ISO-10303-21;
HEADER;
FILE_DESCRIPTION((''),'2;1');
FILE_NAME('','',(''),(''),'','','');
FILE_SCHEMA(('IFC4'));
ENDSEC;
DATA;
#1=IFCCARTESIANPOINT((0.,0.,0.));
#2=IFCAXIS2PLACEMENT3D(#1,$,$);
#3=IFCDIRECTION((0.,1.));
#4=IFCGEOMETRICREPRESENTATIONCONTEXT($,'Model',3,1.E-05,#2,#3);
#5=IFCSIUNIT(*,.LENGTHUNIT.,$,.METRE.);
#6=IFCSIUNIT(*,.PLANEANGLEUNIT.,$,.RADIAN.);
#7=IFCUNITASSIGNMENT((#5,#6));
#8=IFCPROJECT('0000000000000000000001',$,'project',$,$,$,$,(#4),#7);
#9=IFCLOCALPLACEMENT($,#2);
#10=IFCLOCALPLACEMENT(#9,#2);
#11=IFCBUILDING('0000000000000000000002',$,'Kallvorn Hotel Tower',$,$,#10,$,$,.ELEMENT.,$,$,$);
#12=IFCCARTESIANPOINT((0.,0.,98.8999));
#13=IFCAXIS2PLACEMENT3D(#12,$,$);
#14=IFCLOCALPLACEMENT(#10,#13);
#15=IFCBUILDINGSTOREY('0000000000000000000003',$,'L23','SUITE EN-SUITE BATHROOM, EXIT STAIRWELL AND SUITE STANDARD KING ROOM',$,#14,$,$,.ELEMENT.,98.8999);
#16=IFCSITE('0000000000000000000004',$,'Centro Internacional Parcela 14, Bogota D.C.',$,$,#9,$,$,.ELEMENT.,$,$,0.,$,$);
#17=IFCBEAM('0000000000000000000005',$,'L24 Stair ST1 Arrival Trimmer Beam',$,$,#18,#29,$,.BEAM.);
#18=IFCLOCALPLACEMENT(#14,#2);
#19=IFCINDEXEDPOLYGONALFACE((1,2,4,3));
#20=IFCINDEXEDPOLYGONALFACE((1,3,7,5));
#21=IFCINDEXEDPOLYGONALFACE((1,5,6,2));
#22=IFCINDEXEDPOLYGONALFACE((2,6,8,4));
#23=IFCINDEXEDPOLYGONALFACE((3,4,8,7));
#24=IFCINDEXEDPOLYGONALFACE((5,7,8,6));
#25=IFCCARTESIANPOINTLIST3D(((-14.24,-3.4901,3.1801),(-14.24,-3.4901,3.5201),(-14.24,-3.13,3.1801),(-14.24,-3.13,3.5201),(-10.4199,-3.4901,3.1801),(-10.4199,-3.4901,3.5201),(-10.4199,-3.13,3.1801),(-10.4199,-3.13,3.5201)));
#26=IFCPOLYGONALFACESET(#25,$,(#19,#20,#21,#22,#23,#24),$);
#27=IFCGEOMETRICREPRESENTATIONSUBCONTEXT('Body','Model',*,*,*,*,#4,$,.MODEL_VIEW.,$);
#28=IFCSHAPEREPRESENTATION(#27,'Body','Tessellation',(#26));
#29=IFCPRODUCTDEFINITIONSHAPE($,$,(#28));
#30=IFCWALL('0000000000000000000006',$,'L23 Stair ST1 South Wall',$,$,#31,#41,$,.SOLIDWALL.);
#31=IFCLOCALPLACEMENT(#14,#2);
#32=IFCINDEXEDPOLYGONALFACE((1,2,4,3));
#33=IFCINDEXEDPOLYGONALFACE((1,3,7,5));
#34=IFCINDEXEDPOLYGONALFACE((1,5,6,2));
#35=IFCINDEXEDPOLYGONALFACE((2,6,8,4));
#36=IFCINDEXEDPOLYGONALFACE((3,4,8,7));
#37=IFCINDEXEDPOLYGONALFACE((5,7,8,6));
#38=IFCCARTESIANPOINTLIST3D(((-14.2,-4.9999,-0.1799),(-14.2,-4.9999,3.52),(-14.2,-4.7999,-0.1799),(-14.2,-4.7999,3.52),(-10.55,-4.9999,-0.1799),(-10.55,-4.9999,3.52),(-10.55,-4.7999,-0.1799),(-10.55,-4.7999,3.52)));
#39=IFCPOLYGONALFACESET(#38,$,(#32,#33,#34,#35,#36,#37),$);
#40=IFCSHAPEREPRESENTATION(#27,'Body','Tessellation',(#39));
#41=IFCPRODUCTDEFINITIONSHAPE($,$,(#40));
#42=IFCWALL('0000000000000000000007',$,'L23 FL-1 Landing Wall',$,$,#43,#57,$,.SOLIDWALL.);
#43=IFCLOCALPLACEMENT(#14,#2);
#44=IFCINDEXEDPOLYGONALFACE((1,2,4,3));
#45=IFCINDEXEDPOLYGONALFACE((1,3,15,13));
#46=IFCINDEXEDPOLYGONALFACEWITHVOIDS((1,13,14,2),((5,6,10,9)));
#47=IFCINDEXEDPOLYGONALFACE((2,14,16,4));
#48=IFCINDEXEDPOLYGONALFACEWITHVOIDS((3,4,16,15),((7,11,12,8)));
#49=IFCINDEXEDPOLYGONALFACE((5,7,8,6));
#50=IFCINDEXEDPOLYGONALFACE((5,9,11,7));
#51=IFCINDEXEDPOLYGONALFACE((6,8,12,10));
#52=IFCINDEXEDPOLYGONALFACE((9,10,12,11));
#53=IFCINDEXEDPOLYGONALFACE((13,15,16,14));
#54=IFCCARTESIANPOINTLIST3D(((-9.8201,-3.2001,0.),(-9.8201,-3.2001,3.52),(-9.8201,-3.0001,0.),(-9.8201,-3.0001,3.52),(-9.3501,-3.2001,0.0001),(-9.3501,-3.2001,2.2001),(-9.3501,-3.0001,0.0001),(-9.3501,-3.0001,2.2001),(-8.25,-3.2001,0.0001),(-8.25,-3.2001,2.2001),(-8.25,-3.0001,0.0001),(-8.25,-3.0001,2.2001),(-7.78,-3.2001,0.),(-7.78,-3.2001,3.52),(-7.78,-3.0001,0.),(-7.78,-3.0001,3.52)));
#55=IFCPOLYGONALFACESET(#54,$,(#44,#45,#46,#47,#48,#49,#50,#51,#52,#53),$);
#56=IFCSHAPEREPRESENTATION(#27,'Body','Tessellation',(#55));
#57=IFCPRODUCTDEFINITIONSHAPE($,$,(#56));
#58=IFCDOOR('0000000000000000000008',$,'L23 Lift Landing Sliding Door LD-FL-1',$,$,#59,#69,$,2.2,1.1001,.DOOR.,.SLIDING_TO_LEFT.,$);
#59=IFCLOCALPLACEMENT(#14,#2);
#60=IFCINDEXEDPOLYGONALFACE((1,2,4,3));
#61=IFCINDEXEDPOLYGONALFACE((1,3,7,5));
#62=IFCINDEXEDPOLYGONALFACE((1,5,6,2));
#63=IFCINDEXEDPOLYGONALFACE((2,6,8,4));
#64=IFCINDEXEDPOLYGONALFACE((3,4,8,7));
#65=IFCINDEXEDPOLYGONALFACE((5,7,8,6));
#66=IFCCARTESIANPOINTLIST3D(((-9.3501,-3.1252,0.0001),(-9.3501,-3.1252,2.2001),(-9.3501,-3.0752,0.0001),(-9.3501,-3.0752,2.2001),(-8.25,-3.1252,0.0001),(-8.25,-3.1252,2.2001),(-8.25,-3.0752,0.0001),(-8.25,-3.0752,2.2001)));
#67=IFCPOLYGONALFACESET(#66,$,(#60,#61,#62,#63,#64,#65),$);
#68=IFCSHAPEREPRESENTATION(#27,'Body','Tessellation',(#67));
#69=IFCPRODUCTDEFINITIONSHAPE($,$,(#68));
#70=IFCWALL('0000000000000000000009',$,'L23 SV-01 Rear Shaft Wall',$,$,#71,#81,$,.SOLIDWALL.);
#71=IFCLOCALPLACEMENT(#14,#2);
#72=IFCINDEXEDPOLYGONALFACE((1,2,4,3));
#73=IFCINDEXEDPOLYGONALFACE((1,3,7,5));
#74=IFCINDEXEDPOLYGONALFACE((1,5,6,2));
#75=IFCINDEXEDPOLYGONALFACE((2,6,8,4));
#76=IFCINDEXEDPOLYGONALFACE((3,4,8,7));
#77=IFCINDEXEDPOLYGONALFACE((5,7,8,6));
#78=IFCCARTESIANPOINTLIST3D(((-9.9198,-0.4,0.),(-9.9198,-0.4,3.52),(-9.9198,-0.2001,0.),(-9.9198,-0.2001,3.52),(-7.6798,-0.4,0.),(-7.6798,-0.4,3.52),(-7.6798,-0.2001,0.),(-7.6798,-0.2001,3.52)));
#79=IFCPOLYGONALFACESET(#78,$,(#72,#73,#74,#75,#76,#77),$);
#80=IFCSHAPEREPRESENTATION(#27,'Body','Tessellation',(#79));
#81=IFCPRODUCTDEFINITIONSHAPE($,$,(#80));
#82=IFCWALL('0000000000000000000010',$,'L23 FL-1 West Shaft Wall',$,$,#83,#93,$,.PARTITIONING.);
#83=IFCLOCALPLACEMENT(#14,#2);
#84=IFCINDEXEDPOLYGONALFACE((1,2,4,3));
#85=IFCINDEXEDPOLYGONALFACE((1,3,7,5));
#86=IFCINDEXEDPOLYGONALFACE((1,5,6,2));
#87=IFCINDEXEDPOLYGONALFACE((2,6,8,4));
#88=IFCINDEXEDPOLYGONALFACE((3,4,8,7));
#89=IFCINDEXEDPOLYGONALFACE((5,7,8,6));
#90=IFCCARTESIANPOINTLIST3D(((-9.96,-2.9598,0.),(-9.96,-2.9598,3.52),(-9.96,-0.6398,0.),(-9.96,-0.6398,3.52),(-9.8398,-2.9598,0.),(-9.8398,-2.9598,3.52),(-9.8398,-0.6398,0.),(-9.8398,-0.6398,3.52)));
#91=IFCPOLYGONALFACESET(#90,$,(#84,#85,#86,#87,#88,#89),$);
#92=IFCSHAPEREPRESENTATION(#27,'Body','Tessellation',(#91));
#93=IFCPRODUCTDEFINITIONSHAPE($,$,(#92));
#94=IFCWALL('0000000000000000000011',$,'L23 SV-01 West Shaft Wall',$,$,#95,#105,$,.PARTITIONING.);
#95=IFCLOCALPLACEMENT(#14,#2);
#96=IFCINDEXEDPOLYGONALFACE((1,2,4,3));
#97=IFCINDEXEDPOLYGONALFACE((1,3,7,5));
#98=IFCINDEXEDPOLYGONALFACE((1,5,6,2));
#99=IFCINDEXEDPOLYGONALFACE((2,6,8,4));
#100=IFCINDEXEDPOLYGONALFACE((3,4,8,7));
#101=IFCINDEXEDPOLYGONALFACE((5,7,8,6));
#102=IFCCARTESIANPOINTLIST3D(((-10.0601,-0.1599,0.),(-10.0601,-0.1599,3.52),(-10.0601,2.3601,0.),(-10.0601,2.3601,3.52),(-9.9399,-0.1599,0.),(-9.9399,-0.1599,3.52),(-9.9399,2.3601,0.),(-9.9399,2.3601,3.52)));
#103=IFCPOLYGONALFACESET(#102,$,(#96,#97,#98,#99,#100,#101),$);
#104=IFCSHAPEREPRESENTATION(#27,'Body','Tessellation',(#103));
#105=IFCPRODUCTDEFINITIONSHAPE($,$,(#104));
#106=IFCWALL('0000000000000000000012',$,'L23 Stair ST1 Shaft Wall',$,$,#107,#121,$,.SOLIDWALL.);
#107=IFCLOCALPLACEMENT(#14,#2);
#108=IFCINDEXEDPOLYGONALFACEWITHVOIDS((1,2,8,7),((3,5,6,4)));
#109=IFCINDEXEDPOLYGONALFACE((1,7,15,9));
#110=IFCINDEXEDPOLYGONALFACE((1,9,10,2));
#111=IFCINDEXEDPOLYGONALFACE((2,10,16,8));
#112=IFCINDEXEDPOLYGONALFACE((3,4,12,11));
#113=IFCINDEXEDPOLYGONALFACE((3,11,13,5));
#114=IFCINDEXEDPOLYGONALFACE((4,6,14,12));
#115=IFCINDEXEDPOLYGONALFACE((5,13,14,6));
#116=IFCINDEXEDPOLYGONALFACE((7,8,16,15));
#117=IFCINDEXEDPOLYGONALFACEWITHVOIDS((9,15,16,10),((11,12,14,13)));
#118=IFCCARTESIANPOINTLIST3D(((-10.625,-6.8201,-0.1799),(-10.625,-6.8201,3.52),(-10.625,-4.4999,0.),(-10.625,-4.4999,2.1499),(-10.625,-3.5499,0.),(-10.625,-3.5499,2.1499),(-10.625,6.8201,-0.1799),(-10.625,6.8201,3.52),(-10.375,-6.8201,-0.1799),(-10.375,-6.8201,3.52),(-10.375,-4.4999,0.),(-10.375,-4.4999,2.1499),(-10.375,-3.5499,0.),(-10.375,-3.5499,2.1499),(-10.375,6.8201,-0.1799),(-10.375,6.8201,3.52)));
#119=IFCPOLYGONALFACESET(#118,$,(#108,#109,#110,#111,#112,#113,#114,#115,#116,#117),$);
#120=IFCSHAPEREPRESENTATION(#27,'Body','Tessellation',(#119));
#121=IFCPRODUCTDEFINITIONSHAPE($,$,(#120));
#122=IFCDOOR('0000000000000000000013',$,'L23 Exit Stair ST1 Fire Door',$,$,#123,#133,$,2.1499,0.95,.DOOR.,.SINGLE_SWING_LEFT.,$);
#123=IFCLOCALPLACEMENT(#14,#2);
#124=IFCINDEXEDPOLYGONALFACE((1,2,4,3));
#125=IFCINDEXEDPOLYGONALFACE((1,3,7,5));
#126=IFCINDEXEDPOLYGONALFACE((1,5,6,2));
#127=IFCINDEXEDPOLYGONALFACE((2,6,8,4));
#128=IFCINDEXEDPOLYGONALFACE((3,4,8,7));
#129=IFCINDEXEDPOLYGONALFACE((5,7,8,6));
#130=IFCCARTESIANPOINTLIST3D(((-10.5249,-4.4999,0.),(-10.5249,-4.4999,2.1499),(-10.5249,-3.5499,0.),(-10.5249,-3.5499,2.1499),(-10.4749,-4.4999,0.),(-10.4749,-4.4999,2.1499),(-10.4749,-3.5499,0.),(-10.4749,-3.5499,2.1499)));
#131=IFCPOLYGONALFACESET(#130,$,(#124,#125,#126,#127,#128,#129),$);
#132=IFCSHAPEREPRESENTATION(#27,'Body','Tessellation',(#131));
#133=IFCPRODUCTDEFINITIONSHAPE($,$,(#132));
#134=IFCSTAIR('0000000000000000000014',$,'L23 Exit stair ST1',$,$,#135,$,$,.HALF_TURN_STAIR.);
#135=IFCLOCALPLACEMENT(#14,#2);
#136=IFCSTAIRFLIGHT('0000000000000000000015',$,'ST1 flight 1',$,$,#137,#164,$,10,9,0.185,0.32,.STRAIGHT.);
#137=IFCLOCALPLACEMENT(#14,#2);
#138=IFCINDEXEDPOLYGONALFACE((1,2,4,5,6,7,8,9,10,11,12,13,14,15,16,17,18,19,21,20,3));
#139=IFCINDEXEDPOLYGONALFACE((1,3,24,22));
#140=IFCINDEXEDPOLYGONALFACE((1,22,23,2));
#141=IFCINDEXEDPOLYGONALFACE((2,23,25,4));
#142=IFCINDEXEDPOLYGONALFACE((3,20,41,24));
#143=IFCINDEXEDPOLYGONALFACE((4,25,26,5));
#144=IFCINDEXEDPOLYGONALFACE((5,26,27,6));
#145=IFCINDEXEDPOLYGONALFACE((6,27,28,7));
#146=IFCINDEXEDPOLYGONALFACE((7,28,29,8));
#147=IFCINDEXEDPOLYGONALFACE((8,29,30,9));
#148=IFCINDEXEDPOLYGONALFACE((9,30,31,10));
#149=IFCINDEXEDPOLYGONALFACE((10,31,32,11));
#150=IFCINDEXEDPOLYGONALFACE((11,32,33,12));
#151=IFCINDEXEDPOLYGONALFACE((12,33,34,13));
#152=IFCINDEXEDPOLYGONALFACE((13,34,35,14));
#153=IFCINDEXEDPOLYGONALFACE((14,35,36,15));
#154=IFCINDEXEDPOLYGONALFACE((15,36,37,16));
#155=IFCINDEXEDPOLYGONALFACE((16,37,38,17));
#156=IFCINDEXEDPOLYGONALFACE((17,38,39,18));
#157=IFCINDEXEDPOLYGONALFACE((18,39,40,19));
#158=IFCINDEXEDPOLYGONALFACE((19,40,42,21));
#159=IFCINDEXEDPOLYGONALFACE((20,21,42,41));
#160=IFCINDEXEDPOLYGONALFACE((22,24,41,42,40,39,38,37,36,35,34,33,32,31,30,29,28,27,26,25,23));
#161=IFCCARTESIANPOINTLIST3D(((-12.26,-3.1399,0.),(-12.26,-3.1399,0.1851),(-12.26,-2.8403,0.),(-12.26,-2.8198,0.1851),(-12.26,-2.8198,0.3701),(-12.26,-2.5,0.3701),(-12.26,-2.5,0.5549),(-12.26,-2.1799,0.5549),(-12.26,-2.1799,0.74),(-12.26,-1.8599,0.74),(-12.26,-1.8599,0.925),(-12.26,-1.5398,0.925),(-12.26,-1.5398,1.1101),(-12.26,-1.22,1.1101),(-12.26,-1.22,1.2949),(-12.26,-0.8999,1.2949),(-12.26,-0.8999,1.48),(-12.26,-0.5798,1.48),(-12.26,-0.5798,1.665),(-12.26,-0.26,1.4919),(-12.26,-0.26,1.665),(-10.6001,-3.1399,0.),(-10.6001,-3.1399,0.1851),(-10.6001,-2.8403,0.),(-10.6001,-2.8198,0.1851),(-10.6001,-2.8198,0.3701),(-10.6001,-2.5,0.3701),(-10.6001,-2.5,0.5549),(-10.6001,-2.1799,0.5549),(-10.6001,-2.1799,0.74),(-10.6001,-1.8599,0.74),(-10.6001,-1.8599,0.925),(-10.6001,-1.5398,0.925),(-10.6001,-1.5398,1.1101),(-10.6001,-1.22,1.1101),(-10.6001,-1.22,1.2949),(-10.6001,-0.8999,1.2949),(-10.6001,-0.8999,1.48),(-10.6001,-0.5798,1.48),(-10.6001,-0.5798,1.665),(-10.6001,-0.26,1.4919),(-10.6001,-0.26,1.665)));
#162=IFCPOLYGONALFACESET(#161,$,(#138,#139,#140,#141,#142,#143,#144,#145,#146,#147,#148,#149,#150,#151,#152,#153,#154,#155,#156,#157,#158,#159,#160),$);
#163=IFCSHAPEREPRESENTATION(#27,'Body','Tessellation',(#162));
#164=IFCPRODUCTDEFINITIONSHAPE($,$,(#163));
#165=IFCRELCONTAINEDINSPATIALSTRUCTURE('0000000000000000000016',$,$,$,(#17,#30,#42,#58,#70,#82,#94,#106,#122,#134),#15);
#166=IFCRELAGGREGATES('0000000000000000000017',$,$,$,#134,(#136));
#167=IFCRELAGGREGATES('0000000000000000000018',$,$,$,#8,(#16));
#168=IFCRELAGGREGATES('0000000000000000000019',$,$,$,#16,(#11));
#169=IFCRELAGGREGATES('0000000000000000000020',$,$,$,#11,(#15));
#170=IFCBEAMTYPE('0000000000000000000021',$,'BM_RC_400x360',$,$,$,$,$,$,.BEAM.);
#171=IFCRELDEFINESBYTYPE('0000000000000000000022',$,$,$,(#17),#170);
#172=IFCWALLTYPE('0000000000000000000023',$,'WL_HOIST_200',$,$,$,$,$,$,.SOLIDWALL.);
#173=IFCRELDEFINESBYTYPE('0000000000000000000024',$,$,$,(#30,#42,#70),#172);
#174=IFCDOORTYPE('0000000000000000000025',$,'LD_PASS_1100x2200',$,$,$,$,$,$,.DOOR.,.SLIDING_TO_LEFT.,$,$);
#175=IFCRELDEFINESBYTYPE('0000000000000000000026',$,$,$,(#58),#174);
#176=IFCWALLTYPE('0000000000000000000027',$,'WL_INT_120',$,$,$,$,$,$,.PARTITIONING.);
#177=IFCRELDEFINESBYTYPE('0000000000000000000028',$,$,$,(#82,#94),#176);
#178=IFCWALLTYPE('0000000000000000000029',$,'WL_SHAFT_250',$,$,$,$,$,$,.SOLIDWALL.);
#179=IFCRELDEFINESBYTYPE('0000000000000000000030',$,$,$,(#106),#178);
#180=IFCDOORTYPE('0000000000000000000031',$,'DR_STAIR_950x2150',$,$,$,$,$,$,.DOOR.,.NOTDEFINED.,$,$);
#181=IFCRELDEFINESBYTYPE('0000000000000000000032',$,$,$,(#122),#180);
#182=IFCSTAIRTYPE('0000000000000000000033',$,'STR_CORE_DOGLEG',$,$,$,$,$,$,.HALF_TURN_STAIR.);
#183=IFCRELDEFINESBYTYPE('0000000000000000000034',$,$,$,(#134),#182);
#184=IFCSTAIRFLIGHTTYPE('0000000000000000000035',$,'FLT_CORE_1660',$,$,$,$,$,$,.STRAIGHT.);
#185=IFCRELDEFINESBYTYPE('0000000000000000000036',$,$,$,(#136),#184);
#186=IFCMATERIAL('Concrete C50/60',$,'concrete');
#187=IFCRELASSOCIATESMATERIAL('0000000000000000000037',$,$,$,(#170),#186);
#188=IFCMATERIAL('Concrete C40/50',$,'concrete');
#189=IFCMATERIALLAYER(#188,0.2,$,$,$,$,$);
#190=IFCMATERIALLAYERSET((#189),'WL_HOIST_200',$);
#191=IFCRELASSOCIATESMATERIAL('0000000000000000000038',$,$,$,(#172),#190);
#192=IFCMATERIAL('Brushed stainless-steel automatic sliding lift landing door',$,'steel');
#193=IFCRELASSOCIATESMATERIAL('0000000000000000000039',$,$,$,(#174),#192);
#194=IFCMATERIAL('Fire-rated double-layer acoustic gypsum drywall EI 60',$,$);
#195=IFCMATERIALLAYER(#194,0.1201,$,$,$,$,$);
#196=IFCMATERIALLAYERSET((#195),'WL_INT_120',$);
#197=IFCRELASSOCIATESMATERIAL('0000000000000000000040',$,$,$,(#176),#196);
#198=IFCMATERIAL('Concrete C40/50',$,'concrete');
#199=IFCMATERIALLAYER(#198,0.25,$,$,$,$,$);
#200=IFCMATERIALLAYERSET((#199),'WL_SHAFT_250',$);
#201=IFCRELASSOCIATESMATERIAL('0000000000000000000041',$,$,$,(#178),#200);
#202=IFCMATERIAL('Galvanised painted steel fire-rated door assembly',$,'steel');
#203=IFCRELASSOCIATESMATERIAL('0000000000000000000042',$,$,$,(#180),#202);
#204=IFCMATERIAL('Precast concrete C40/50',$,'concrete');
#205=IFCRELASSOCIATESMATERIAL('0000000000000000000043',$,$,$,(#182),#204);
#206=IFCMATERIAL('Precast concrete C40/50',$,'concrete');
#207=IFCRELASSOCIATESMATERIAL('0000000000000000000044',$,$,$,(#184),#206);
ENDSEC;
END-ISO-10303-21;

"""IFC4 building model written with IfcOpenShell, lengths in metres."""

from ifc_helpers import new_model, si_unit, direction, frame, frame_2d, origin, origin_2d, place, context, subcontext, project, spatial, polyline, rectangle, outline, extrude, material, layer, layer_set, material_profile, profile_set, type_object, element, fill, aggregate, save


model = new_model("IFC4")

# Units and contexts
model_context = context("Model", 3, precision=1e-05, world=origin(), true_north=direction((0.0, 1.0)))
body_context = subcontext(model_context, "Body", "Model", "MODEL_VIEW")
ifc_project = project(units=[si_unit("LENGTHUNIT", "METRE"), si_unit("PLANEANGLEUNIT", "RADIAN")], contexts=[model_context])

# Site, building, storey
site_placement = place(None, origin())
site = spatial("IfcSite", under=ifc_project, at=site_placement, Name="Centro Internacional Parcela 14, Bogota D.C.", CompositionType="ELEMENT", RefElevation=0.0)
building_placement = place(site_placement, origin())
building = spatial("IfcBuilding", under=site, at=building_placement, Name="Kallvorn Hotel Tower", CompositionType="ELEMENT")
storey_placement = place(building_placement, frame((0.0, 0.0, 98.8999)))
storey = spatial("IfcBuildingStorey", under=building, at=storey_placement, Name="L23", Description="SUITE EN-SUITE BATHROOM, EXIT STAIRWELL AND SUITE STANDARD KING ROOM", CompositionType="ELEMENT", Elevation=98.8999)

# Beam
ifc_material_1 = material(Name="Concrete C50/60", Category="concrete")
ifc_material_profile = material_profile(ifc_material_1, rectangle(XDim=0.3601, YDim=0.3401, at=origin_2d()), Name="RC 360x340")
ifc_profile_set = profile_set([ifc_material_profile], Name="Concrete C50/60")
beam_type = type_object("IfcBeamType", Name="BM_RC_400x360", PredefinedType="BEAM", material=ifc_profile_set)
beam_placement = place(storey_placement, frame((-10.4199, -3.3101, 3.3501), z_axis=(-1.0, 0.0, 0.0), x_axis=(0.0, -1.0, 0.0)))
element("IfcBeam", 1, at=beam_placement, inside=storey, type_object=beam_type, Name="L24 Stair ST1 Arrival Trimmer Beam", PredefinedType="BEAM", context=body_context, shape_type="SweptSolid", body=[
    extrude(rectangle(XDim=0.3601, YDim=0.3401, at=origin_2d()), origin(), (0.0, 0.0, 1.0), 3.8201),
])

# Wall
ifc_material_2 = material(Name="Concrete C40/50", Category="concrete")
ifc_layer_1 = layer(ifc_material_2, 0.2)
ifc_layer_set_1 = layer_set([ifc_layer_1], Name="WL_HOIST_200")
wall_type_1 = type_object("IfcWallType", Name="WL_HOIST_200", PredefinedType="SOLIDWALL", material=ifc_layer_set_1)
wall_1_placement = place(storey_placement, frame((-14.2, -4.8999, -0.1799), z_axis=(0.0, 0.0, 1.0), x_axis=(1.0, 0.0, 0.0)))
element("IfcWall", 2, at=wall_1_placement, inside=storey, type_object=wall_type_1, Name="L23 Stair ST1 South Wall", PredefinedType="SOLIDWALL", context=body_context, shape_type="SweptSolid", body=[
    extrude(rectangle(XDim=3.6499, YDim=0.2, at=frame_2d((1.825, 0.0))), origin(), (0.0, 0.0, 1.0), 3.7),
])

# Wall, opening, door
wall_2_placement = place(storey_placement, frame((-9.8201, -3.1001, 0.0), z_axis=(0.0, 0.0, 1.0), x_axis=(1.0, 0.0, 0.0)))
wall_2 = element("IfcWall", 3, at=wall_2_placement, inside=storey, type_object=wall_type_1, Name="L23 FL-1 Landing Wall", PredefinedType="SOLIDWALL", context=body_context, shape_type="SweptSolid", body=[
    extrude(rectangle(XDim=2.04, YDim=0.2, at=frame_2d((1.02, 0.0))), origin(), (0.0, 0.0, 1.0), 3.52),
])
opening_1_placement = place(wall_2_placement, frame((0.47, 0.0, 0.0)))
opening_1 = element("IfcOpeningElement", 4, at=opening_1_placement, cuts=wall_2, PredefinedType="OPENING", context=body_context, shape_type="SweptSolid", body=[
    extrude(rectangle(XDim=1.1001, YDim=2.2, at=frame_2d((0.55, 1.1001))), frame((0.0, 0.115, 0.0), z_axis=(0.0, -1.0, 0.0), x_axis=(1.0, 0.0, 0.0)), (0.0, 0.0, 1.0), 0.23),
])
ifc_material_3 = material(Name="Brushed stainless-steel automatic sliding lift landing door", Category="steel")
door_type_1 = type_object("IfcDoorType", Name="LD_PASS_1100x2200", OperationType="SLIDING_TO_LEFT", PredefinedType="DOOR", material=ifc_material_3)
door_1_placement = place(opening_1_placement, origin())
door_1 = element("IfcDoor", 5, at=door_1_placement, inside=storey, type_object=door_type_1, Name="L23 Lift Landing Sliding Door LD-FL-1", OperationType="SLIDING_TO_LEFT", OverallHeight=2.2, OverallWidth=1.1001, PredefinedType="DOOR", context=body_context, shape_type="SweptSolid", body=[
    extrude(rectangle(XDim=1.1001, YDim=2.2, at=frame_2d((0.55, 1.1001))), frame((0.0, 0.0249, 0.0), z_axis=(0.0, -1.0, 0.0), x_axis=(1.0, 0.0, 0.0)), (0.0, 0.0, 1.0), 0.05),
])
fill(opening_1, door_1)

# Walls
wall_3_placement = place(storey_placement, frame((-9.9199, -0.3, 0.0), z_axis=(0.0, 0.0, 1.0), x_axis=(1.0, 0.0, 0.0)))
element("IfcWall", 6, at=wall_3_placement, inside=storey, type_object=wall_type_1, Name="L23 SV-01 Rear Shaft Wall", PredefinedType="SOLIDWALL", context=body_context, shape_type="SweptSolid", body=[
    extrude(rectangle(XDim=2.24, YDim=0.2, at=frame_2d((1.1201, 0.0))), origin(), (0.0, 0.0, 1.0), 3.52),
])
ifc_material_4 = material(Name="Fire-rated double-layer acoustic gypsum drywall EI 60")
ifc_layer_2 = layer(ifc_material_4, 0.1201)
ifc_layer_set_2 = layer_set([ifc_layer_2], Name="WL_INT_120")
wall_type_2 = type_object("IfcWallType", Name="WL_INT_120", PredefinedType="PARTITIONING", material=ifc_layer_set_2)
wall_4_placement = place(storey_placement, frame((-9.8999, -2.96, 0.0), z_axis=(0.0, 0.0, 1.0), x_axis=(0.0, 1.0, 0.0)))
element("IfcWall", 7, at=wall_4_placement, inside=storey, type_object=wall_type_2, Name="L23 FL-1 West Shaft Wall", PredefinedType="PARTITIONING", context=body_context, shape_type="SweptSolid", body=[
    extrude(rectangle(XDim=2.3201, YDim=0.1201, at=frame_2d((1.1602, 0.0))), origin(), (0.0, 0.0, 1.0), 3.52),
])
wall_5_placement = place(storey_placement, frame((-10.0, -0.1599, 0.0), z_axis=(0.0, 0.0, 1.0), x_axis=(0.0, 1.0, 0.0)))
element("IfcWall", 8, at=wall_5_placement, inside=storey, type_object=wall_type_2, Name="L23 SV-01 West Shaft Wall", PredefinedType="PARTITIONING", context=body_context, shape_type="SweptSolid", body=[
    extrude(rectangle(XDim=2.52, YDim=0.1201, at=frame_2d((1.26, 0.0))), origin(), (0.0, 0.0, 1.0), 3.52),
])

# Wall, opening, door
ifc_material_5 = material(Name="Concrete C40/50", Category="concrete")
ifc_layer_3 = layer(ifc_material_5, 0.25)
ifc_layer_set_3 = layer_set([ifc_layer_3], Name="WL_SHAFT_250")
wall_type_3 = type_object("IfcWallType", Name="WL_SHAFT_250", PredefinedType="SOLIDWALL", material=ifc_layer_set_3)
wall_6_placement = place(storey_placement, frame((-10.5, -6.8201, -0.1799), z_axis=(0.0, 0.0, 1.0), x_axis=(0.0, 1.0, 0.0)))
wall_6 = element("IfcWall", 9, at=wall_6_placement, inside=storey, type_object=wall_type_3, Name="L23 Stair ST1 Shaft Wall", PredefinedType="SOLIDWALL", context=body_context, shape_type="SweptSolid", body=[
    extrude(rectangle(XDim=13.6401, YDim=0.25, at=frame_2d((6.8201, 0.0))), origin(), (0.0, 0.0, 1.0), 3.7),
])
opening_2_placement = place(wall_6_placement, frame((2.3201, 0.0, 0.1799)))
opening_2 = element("IfcOpeningElement", 10, at=opening_2_placement, cuts=wall_6, PredefinedType="OPENING", context=body_context, shape_type="SweptSolid", body=[
    extrude(rectangle(XDim=0.95, YDim=2.1499, at=frame_2d((0.4751, 1.075))), frame((0.0, 0.1399, 0.0), z_axis=(0.0, -1.0, 0.0), x_axis=(1.0, 0.0, 0.0)), (0.0, 0.0, 1.0), 0.28),
])
ifc_material_6 = material(Name="Galvanised painted steel fire-rated door assembly", Category="steel")
door_type_2 = type_object("IfcDoorType", Name="DR_STAIR_950x2150", OperationType="NOTDEFINED", PredefinedType="DOOR", material=ifc_material_6)
door_2_placement = place(opening_2_placement, origin())
door_2 = element("IfcDoor", 11, at=door_2_placement, inside=storey, type_object=door_type_2, Name="L23 Exit Stair ST1 Fire Door", OperationType="SINGLE_SWING_LEFT", OverallHeight=2.1499, OverallWidth=0.95, PredefinedType="DOOR", context=body_context, shape_type="SweptSolid", body=[
    extrude(rectangle(XDim=0.95, YDim=2.1499, at=frame_2d((0.4751, 1.075))), frame((0.0, 0.0249, 0.0), z_axis=(0.0, -1.0, 0.0), x_axis=(1.0, 0.0, 0.0)), (0.0, 0.0, 1.0), 0.05),
])
fill(opening_2, door_2)

# Stair, stair flight
ifc_material_7 = material(Name="Precast concrete C40/50", Category="concrete")
stair_type = type_object("IfcStairType", Name="STR_CORE_DOGLEG", PredefinedType="HALF_TURN_STAIR", material=ifc_material_7)
stair_placement = place(storey_placement, origin())
stair = element("IfcStair", 12, at=stair_placement, inside=storey, type_object=stair_type, Name="L23 Exit stair ST1", PredefinedType="HALF_TURN_STAIR")
ifc_material_8 = material(Name="Precast concrete C40/50", Category="concrete")
stair_flight_type = type_object("IfcStairFlightType", Name="FLT_CORE_1660", PredefinedType="STRAIGHT", material=ifc_material_8)
stair_flight_1_placement = place(storey_placement, frame((-11.4299, -3.1399, 0.0), z_axis=(0.0, 0.0, 1.0), x_axis=(0.0, 1.0, 0.0)))
stair_flight_1 = element("IfcStairFlight", 13, at=stair_flight_1_placement, type_object=stair_flight_type, Name="ST1 flight 1", NumberOfRisers=10, NumberOfTreads=9, PredefinedType="STRAIGHT", RiserHeight=0.185, TreadLength=0.32, context=body_context, shape_type="SweptSolid", body=[
    extrude(outline(polyline([(0.0, 0.0), (0.0, 0.1851), (0.3201, 0.1851), (0.3201, 0.3701), (0.6399, 0.3701), (0.6399, 0.5549), (0.96, 0.5549), (0.96, 0.74), (1.28, 0.74), (1.28, 0.925), (1.6001, 0.925), (1.6001, 1.1101), (1.9199, 1.1101), (1.9199, 1.2949), (2.24, 1.2949), (2.24, 1.48), (2.5601, 1.48), (2.5601, 1.665), (2.8799, 1.665), (2.8799, 1.8501), (2.8799, 1.4919), (0.2996, 0.0), (0.0, 0.0)])), frame((0.0, 0.8301, 0.0), z_axis=(0.0, -1.0, 0.0), x_axis=(1.0, 0.0, 0.0)), (0.0, 0.0, 1.0), 1.6599),
])
aggregate(stair, [stair_flight_1])

save(model, "model.ifc")
